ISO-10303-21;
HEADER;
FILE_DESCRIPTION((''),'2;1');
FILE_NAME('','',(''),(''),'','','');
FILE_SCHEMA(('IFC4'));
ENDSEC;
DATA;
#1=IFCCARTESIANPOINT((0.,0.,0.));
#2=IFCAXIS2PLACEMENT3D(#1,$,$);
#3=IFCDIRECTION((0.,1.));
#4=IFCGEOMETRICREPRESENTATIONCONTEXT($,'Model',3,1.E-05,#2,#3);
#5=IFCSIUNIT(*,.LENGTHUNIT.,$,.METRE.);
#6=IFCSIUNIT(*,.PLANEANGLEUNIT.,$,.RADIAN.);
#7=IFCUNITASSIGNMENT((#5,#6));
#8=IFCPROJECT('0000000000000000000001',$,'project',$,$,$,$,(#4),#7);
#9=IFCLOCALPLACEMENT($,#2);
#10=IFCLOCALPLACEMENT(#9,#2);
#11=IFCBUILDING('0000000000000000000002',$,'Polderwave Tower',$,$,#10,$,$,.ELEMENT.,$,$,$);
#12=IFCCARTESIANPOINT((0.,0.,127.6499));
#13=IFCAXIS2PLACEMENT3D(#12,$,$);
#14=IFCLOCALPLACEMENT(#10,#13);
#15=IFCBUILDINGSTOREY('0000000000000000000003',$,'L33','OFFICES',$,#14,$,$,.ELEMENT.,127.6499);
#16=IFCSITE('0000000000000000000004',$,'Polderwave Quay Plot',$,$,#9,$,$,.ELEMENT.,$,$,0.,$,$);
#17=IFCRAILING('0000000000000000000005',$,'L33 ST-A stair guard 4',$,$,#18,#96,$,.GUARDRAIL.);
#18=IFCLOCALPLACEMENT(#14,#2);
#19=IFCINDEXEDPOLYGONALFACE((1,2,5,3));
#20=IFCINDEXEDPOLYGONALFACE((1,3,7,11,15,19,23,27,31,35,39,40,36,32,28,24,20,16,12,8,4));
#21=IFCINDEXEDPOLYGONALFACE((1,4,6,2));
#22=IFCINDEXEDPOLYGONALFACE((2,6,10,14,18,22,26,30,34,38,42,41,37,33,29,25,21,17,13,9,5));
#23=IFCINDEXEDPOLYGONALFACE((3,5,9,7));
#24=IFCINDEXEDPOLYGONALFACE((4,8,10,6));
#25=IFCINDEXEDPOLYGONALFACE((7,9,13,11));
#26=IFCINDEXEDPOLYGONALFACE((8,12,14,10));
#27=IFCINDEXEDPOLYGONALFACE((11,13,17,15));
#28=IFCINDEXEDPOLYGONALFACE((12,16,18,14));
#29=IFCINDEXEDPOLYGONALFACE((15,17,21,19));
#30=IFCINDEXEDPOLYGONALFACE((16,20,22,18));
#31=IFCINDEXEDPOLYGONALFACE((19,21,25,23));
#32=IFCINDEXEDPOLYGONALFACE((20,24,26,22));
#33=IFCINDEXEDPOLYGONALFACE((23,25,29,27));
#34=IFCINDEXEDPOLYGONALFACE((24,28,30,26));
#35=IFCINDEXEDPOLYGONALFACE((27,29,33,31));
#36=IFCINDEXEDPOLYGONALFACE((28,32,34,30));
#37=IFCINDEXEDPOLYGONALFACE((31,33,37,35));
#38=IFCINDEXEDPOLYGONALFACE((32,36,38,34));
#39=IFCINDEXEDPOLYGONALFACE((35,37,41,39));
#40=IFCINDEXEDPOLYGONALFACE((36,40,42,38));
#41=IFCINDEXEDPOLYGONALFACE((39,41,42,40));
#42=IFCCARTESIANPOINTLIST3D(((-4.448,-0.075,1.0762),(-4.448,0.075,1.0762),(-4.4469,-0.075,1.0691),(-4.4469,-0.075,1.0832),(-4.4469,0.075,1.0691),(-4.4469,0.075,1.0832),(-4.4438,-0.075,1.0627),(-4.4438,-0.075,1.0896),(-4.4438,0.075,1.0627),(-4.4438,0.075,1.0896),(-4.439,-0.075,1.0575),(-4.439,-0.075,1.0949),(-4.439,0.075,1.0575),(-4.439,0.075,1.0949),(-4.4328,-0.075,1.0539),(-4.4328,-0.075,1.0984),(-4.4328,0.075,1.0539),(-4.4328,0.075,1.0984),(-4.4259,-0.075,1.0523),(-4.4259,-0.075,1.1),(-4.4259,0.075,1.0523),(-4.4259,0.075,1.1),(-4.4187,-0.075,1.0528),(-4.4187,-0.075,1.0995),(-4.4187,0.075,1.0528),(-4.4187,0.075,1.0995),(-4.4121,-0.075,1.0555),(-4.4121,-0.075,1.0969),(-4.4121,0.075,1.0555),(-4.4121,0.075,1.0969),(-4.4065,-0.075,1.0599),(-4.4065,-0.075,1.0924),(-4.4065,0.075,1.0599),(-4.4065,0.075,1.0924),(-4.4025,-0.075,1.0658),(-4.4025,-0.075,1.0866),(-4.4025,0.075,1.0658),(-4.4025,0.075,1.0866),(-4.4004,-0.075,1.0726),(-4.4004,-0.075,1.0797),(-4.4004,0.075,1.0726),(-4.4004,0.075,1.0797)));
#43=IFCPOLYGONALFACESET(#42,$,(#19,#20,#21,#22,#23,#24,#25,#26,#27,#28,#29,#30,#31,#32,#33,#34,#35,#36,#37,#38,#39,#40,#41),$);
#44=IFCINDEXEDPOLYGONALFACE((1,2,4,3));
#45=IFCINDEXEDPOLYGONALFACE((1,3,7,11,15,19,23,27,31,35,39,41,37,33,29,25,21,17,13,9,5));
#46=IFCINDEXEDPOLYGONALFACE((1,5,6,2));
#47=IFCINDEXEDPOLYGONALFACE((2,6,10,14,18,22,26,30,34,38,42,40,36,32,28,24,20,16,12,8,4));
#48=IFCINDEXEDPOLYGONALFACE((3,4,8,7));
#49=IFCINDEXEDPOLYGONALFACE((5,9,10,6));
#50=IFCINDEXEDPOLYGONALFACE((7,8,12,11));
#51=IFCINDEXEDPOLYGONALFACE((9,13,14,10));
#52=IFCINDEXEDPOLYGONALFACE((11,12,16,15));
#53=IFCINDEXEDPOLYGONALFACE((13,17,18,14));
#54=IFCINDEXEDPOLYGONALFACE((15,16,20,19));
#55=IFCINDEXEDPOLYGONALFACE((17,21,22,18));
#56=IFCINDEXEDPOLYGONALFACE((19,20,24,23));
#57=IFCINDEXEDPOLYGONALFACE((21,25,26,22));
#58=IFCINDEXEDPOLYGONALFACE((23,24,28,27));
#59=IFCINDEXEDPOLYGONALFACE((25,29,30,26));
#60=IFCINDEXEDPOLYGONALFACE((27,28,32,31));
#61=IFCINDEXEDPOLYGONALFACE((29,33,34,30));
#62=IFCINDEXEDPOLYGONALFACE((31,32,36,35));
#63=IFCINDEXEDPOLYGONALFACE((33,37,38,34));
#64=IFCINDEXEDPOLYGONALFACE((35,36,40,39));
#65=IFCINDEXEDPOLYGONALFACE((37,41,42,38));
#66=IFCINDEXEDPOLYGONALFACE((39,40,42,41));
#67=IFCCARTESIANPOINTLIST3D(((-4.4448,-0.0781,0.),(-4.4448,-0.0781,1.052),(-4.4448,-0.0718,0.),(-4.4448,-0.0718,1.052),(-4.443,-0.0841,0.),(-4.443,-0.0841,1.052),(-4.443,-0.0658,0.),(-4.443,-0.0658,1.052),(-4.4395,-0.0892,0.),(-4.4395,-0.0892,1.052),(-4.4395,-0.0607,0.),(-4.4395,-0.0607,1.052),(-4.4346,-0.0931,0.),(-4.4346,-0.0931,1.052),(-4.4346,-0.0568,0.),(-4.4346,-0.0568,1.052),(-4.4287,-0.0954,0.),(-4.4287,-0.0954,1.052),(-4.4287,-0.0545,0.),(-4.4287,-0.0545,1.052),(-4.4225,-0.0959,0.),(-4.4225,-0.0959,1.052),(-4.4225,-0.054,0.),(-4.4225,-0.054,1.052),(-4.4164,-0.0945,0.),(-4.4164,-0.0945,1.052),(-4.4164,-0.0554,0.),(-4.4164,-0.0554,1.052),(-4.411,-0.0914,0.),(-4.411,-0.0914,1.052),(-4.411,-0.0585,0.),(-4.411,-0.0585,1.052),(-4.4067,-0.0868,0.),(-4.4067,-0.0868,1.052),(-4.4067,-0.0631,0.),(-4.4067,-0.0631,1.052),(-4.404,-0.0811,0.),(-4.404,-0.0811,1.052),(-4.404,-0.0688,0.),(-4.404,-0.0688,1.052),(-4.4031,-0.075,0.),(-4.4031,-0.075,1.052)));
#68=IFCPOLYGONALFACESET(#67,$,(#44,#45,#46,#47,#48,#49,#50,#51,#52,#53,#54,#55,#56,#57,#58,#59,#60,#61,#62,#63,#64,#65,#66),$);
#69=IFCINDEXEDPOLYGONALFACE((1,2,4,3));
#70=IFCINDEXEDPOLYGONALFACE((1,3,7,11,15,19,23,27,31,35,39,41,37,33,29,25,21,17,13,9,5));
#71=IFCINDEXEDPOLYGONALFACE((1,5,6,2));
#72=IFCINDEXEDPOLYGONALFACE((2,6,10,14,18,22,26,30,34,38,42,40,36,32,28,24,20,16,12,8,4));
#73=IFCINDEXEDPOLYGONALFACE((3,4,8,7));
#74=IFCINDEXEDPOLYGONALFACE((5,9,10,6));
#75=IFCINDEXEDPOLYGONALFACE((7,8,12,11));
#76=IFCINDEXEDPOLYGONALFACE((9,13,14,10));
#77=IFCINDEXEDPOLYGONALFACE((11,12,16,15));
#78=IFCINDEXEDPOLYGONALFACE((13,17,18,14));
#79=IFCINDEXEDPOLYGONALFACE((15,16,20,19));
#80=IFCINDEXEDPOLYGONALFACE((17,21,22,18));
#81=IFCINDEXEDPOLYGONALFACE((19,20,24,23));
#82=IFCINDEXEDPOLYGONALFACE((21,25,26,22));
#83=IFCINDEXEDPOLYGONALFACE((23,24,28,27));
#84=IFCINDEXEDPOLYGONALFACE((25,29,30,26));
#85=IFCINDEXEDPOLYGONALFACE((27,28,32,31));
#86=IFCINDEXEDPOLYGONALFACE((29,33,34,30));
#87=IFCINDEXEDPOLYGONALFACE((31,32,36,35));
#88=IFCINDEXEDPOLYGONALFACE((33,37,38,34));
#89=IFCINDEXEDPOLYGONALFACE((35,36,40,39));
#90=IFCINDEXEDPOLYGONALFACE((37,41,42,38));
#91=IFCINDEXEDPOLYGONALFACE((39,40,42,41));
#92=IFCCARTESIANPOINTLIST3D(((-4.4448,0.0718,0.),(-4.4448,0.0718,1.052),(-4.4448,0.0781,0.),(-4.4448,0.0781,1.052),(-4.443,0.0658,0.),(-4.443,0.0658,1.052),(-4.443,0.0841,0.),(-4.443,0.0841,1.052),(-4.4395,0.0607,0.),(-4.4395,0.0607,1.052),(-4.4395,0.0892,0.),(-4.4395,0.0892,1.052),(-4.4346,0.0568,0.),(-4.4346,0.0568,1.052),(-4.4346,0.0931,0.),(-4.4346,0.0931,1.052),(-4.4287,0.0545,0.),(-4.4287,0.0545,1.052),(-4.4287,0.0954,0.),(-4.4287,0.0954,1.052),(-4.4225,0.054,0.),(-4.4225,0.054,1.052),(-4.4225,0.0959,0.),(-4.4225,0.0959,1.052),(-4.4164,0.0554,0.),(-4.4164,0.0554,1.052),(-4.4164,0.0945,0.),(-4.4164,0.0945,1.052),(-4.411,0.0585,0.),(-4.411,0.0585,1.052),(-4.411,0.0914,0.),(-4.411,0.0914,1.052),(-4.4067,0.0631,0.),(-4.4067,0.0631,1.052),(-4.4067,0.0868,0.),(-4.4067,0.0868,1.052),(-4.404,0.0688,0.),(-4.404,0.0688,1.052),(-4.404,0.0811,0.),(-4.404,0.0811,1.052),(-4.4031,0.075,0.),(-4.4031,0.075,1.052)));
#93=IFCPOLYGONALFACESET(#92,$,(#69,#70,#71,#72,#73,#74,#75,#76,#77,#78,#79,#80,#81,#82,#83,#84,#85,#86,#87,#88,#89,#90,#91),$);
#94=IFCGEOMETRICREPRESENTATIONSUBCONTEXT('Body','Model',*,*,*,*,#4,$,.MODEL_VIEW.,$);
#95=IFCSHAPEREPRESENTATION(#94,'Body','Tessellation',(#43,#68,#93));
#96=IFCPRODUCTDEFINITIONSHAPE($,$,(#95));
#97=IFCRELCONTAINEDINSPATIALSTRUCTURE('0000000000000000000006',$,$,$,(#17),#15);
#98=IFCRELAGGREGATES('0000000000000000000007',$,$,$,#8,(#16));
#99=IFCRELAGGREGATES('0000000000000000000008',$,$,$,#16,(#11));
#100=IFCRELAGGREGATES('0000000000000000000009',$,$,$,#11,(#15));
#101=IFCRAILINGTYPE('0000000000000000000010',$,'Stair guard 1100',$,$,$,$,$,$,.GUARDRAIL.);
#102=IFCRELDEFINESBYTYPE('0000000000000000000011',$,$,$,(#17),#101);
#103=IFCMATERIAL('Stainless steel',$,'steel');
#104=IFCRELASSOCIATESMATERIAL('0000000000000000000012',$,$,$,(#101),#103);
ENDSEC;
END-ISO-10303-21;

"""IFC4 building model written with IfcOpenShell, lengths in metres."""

from ifc_helpers import new_model, si_unit, direction, frame, origin, origin_2d, place, context, subcontext, project, spatial, circle, extrude, material, type_object, element, save


model = new_model("IFC4")

# Units and contexts
model_context = context("Model", 3, precision=1e-05, world=origin(), true_north=direction((0.0, 1.0)))
body_context = subcontext(model_context, "Body", "Model", "MODEL_VIEW")
ifc_project = project(units=[si_unit("LENGTHUNIT", "METRE"), si_unit("PLANEANGLEUNIT", "RADIAN")], contexts=[model_context])

# Site, building, storey
site_placement = place(None, origin())
site = spatial("IfcSite", under=ifc_project, at=site_placement, Name="Polderwave Quay Plot", CompositionType="ELEMENT", RefElevation=0.0)
building_placement = place(site_placement, origin())
building = spatial("IfcBuilding", under=site, at=building_placement, Name="Polderwave Tower", CompositionType="ELEMENT")
storey_placement = place(building_placement, frame((0.0, 0.0, 127.6499)))
storey = spatial("IfcBuildingStorey", under=building, at=storey_placement, Name="L33", Description="OFFICES", CompositionType="ELEMENT", Elevation=127.6499)

# Shared definitions
ifc_material_1 = material(Name="Stainless steel", Category="steel")

# Railing
railing_type = type_object("IfcRailingType", Name="Stair guard 1100", PredefinedType="GUARDRAIL", material=ifc_material_1)
railing_placement = place(storey_placement, frame((-4.4241, -0.075, 0.0)))
element("IfcRailing", 1, at=railing_placement, inside=storey, type_object=railing_type, Name="L33 ST-A stair guard 4", PredefinedType="GUARDRAIL", context=body_context, shape_type="SweptSolid", body=[
    extrude(circle(Radius=0.0239, at=origin_2d()), frame((0.0, 0.0, 1.0762), z_axis=(0.0, 1.0, 0.0), x_axis=(-1.0, 0.0, 0.0)), (0.0, 0.0, 1.0), 0.1499),
    extrude(circle(Radius=0.021, at=origin_2d()), origin(), (0.0, 0.0, 1.0), 1.052),
    extrude(circle(Radius=0.021, at=origin_2d()), frame((0.0, 0.1499, 0.0)), (0.0, 0.0, 1.0), 1.052),
])

save(model, "model.ifc")
